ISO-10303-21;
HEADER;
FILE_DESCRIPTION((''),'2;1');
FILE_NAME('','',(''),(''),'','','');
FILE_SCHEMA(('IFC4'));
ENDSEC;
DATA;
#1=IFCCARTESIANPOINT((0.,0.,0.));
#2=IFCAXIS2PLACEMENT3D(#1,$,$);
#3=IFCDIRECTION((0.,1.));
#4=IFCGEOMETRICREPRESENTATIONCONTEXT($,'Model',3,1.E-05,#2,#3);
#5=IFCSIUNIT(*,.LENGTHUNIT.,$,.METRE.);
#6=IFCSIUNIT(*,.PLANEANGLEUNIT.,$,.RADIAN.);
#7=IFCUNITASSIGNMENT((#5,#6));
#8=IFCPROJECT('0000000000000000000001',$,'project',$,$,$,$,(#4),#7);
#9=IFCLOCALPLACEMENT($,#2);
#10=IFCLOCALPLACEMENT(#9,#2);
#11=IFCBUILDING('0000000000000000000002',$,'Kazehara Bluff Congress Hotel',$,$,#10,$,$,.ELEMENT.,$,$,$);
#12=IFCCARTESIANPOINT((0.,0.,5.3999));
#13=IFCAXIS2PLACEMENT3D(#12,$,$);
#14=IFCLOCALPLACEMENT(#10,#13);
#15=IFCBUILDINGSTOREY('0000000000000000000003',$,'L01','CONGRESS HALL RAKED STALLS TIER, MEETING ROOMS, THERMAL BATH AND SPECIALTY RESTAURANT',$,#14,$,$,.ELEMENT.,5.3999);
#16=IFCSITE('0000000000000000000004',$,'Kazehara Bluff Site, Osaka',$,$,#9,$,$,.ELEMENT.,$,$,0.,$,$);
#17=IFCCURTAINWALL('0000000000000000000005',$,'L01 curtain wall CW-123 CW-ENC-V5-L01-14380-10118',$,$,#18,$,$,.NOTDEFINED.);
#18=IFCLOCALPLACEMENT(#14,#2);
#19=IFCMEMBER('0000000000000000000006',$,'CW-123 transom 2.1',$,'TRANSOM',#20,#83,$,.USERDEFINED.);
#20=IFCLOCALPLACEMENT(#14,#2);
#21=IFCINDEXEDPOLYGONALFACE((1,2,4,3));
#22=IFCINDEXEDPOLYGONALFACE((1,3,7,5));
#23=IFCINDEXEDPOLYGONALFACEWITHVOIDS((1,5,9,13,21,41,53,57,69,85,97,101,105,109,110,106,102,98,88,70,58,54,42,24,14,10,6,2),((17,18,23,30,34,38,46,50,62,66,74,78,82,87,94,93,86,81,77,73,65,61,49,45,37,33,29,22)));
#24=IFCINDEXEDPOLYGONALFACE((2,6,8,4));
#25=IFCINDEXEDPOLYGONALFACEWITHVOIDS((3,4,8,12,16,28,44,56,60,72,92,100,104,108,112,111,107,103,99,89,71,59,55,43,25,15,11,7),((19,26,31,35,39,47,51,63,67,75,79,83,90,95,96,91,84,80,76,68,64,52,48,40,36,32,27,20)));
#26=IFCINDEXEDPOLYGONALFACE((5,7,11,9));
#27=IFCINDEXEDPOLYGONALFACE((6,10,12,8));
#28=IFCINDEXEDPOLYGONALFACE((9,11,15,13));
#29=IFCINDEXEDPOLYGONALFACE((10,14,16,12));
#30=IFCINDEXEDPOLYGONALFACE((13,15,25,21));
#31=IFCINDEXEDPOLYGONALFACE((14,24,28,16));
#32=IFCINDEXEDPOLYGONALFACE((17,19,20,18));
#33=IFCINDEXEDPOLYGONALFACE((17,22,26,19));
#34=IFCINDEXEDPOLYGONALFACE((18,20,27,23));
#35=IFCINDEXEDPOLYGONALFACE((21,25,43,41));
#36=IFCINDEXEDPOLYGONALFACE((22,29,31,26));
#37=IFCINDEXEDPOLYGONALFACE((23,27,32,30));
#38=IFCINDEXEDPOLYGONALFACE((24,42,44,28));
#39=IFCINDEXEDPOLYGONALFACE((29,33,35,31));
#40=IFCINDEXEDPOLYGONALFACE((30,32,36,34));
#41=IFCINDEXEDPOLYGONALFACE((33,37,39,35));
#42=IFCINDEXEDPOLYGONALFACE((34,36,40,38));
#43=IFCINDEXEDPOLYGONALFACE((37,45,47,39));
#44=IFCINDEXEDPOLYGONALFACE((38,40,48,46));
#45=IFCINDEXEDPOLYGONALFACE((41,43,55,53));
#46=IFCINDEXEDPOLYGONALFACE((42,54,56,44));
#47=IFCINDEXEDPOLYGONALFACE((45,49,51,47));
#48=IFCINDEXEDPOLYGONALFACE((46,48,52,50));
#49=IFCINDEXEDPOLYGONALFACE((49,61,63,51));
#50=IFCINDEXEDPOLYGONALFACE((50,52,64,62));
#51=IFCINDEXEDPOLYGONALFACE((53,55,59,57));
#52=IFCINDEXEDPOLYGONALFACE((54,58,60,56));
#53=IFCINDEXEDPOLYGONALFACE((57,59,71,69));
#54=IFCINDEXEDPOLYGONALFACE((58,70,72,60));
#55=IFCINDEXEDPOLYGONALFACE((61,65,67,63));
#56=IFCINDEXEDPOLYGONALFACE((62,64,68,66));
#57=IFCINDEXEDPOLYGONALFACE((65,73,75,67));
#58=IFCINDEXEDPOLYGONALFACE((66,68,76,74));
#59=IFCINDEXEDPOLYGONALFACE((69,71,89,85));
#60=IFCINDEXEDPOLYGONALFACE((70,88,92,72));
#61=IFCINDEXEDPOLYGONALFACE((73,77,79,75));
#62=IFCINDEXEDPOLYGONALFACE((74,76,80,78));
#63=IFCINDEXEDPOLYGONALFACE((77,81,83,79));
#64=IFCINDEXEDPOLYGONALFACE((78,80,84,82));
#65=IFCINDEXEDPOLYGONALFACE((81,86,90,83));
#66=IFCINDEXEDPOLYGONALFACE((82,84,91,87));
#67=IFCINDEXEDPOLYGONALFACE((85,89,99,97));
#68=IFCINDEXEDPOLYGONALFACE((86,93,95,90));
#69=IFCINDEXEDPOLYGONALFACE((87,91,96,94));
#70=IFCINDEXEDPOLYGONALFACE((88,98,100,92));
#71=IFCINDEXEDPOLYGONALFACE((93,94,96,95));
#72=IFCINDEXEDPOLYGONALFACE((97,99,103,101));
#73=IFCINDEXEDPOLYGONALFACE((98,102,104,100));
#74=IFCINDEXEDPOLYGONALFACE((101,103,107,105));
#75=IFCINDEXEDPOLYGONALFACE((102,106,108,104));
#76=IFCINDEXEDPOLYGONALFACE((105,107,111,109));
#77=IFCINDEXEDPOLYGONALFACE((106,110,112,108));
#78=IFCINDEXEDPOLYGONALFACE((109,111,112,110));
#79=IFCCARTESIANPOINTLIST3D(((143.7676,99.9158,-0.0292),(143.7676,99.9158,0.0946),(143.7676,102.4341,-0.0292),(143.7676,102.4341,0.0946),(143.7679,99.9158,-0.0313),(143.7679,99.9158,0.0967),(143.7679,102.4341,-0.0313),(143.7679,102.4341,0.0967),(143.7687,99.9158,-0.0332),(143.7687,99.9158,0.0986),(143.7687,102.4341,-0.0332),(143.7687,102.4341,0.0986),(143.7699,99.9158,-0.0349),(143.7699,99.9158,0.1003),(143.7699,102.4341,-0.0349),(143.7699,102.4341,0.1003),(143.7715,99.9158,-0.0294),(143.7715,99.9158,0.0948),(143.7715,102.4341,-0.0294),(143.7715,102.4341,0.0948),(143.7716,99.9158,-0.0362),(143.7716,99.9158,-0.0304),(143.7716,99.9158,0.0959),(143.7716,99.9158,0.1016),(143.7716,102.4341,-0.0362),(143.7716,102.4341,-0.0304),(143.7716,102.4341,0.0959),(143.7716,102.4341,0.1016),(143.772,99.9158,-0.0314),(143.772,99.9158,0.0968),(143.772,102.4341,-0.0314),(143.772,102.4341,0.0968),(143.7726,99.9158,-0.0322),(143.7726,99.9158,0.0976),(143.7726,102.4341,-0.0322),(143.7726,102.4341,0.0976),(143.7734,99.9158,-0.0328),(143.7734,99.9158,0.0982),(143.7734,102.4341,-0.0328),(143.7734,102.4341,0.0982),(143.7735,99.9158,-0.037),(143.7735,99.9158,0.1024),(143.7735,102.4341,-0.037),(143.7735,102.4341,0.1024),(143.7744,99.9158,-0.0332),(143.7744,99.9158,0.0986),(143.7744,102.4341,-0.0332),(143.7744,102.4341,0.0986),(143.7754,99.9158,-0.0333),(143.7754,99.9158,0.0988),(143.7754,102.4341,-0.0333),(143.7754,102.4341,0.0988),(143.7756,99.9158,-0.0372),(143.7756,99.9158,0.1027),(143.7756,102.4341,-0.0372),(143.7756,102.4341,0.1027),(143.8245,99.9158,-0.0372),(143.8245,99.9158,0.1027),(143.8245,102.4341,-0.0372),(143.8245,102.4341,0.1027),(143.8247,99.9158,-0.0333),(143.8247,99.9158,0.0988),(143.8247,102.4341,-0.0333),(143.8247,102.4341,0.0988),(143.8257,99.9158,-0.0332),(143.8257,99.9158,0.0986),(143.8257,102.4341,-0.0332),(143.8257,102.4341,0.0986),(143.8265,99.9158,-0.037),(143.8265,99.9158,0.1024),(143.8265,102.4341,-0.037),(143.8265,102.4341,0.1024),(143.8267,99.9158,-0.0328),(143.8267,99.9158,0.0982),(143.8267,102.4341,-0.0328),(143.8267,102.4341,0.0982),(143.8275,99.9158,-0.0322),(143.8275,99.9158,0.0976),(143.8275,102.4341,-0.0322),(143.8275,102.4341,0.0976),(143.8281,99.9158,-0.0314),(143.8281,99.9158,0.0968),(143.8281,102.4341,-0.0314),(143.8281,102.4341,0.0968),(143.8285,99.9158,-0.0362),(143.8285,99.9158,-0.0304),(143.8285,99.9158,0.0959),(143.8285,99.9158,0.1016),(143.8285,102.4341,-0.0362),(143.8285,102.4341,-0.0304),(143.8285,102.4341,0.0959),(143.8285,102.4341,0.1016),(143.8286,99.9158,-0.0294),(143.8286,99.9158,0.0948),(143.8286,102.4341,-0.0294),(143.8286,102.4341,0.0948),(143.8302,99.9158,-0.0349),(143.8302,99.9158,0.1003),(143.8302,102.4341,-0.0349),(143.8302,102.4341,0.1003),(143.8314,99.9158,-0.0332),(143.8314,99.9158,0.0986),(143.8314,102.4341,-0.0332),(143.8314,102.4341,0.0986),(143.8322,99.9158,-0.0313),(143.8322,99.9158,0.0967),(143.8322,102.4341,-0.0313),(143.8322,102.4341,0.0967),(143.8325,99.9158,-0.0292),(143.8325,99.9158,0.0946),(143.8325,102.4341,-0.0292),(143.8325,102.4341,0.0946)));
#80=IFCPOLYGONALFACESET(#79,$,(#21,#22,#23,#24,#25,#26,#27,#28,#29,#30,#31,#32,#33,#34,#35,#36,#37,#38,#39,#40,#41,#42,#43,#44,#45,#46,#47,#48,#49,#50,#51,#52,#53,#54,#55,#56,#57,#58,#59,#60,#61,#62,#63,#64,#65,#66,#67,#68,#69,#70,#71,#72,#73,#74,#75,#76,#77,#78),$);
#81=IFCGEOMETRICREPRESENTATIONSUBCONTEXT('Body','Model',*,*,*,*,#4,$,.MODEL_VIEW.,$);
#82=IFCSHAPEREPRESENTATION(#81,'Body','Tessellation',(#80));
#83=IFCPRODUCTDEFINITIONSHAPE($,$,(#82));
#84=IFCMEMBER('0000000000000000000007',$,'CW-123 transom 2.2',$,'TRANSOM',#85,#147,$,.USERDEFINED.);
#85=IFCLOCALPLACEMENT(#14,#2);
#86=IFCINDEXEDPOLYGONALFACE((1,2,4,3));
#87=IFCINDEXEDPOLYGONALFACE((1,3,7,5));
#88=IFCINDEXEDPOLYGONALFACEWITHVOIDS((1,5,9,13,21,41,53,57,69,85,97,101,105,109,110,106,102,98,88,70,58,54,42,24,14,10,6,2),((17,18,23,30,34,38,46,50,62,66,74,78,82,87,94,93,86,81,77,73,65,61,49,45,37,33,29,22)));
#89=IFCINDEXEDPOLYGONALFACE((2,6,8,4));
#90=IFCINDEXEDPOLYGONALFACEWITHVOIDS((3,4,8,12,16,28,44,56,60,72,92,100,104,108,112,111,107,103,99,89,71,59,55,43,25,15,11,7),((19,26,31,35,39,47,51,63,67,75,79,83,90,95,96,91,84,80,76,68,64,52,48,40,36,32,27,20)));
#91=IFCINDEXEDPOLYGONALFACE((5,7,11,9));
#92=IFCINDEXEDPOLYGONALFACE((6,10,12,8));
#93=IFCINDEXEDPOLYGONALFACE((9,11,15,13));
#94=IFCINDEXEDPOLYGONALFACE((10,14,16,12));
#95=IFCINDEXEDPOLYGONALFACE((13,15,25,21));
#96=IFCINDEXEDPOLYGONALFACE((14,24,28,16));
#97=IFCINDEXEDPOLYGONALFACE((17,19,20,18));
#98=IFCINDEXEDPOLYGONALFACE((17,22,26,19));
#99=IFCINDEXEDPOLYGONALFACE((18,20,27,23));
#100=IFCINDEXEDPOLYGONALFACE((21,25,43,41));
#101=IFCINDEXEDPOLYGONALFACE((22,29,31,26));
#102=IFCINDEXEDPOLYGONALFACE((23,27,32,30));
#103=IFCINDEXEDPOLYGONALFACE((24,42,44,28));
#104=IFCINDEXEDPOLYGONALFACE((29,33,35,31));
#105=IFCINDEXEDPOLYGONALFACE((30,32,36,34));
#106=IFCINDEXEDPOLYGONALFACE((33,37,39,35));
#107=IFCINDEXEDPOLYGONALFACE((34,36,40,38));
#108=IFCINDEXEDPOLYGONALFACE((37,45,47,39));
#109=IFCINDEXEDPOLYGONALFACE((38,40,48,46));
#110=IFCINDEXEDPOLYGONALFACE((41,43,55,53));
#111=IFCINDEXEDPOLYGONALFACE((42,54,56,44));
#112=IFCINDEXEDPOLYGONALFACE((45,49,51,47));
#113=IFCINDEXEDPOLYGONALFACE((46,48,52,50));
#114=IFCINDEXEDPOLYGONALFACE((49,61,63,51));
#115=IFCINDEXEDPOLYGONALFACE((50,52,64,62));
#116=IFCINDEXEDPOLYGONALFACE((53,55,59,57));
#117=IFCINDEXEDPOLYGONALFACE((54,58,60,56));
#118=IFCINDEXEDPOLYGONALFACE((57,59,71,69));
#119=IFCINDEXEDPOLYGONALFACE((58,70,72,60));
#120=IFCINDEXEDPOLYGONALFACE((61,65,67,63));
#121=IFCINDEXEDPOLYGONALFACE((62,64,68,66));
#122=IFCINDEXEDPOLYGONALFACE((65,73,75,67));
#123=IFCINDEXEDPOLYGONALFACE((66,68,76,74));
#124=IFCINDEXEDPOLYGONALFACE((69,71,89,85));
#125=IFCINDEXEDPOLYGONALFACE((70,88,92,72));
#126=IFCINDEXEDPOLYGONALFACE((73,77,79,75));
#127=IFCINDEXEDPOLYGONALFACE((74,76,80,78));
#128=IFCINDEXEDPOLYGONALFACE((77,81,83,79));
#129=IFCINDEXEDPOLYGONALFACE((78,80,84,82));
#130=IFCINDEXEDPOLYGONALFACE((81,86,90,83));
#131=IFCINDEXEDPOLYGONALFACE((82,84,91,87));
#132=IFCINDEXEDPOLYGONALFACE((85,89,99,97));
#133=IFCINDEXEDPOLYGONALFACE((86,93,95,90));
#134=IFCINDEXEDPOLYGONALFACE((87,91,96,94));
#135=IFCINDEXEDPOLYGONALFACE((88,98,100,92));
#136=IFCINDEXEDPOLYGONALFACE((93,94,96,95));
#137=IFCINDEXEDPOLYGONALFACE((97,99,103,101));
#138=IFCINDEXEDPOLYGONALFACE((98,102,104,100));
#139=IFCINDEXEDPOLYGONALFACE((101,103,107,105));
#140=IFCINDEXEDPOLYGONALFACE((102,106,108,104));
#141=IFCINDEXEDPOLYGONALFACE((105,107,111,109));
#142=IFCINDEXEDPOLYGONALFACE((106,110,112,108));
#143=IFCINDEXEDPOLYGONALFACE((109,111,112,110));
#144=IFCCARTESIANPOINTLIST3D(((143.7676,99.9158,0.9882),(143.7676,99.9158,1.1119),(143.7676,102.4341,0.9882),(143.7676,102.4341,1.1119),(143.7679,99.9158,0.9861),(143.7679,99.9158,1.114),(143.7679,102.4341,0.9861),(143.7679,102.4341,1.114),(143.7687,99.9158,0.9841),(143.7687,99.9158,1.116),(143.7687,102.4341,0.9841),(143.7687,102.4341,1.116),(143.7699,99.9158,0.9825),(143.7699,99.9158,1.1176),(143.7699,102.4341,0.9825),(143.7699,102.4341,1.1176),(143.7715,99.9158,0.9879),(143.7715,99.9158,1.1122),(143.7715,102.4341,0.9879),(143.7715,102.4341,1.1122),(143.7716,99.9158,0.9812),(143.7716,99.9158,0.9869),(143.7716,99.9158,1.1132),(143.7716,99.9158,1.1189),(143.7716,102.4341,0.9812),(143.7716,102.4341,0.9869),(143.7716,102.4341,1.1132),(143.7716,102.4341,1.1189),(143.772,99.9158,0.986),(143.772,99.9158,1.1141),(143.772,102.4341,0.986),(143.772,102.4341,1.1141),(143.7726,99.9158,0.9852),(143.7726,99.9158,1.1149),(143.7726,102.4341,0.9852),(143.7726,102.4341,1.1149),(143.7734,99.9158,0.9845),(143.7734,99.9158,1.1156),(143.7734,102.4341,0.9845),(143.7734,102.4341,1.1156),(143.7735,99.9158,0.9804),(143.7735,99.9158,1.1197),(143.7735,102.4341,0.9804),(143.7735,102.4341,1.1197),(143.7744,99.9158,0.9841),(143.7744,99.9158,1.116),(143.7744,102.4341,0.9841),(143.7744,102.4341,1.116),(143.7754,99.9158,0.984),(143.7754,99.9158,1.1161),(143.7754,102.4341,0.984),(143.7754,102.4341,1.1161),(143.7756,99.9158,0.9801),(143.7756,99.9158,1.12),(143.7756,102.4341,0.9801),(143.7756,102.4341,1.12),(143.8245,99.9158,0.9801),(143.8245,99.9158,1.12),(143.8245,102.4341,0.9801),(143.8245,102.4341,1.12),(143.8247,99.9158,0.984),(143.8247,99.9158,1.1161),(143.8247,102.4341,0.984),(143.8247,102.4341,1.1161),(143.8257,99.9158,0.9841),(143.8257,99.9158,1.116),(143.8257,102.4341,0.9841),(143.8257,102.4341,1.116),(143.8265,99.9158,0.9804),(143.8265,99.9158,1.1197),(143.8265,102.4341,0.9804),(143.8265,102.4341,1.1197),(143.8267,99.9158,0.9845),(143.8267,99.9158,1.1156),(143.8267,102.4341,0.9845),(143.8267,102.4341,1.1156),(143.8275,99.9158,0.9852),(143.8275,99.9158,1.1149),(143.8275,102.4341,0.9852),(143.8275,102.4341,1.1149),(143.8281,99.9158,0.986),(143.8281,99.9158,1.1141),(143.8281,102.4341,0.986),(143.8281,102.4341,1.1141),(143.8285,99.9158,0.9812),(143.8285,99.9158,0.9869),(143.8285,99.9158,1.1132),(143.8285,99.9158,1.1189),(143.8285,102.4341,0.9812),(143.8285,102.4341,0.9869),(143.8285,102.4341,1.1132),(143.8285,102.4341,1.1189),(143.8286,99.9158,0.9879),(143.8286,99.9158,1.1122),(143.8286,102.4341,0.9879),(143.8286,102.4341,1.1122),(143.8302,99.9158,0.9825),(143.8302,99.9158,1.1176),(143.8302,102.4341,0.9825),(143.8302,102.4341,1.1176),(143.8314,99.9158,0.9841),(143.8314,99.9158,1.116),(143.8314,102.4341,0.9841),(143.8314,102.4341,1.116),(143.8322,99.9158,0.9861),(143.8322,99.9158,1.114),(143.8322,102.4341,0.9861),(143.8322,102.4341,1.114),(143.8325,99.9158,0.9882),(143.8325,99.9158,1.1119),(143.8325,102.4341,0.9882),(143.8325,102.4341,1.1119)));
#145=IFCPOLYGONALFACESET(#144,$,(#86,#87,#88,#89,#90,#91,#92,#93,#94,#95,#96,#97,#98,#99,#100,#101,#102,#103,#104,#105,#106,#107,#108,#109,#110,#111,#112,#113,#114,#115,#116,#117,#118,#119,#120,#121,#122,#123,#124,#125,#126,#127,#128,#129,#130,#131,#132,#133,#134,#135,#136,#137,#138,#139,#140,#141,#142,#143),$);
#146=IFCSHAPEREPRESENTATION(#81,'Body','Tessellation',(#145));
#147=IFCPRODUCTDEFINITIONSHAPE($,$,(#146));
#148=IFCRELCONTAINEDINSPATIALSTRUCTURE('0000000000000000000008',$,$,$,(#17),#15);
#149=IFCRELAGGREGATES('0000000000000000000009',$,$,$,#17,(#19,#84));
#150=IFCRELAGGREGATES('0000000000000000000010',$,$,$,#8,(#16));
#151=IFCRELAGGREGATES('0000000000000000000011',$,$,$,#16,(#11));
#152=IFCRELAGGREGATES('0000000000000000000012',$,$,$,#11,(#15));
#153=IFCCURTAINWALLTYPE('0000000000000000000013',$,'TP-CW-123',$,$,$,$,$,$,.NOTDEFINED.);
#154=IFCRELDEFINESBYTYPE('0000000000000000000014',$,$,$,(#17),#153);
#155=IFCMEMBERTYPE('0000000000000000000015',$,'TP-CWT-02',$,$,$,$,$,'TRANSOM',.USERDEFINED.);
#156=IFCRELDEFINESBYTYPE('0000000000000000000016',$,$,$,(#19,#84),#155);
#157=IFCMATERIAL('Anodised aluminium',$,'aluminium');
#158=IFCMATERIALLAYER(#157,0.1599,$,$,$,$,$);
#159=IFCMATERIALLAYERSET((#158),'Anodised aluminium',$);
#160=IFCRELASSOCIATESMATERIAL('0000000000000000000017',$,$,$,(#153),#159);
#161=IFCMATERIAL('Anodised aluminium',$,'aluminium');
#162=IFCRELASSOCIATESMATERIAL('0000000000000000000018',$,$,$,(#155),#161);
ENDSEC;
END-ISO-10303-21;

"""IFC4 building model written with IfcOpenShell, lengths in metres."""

from ifc_helpers import new_model, si_unit, direction, frame, origin, origin_2d, place, context, subcontext, project, spatial, hollow_rectangle, extrude, material, layer, layer_set, material_profile, profile_set, type_object, element, aggregate, save


model = new_model("IFC4")

# Units and contexts
model_context = context("Model", 3, precision=1e-05, world=origin(), true_north=direction((0.0, 1.0)))
body_context = subcontext(model_context, "Body", "Model", "MODEL_VIEW")
ifc_project = project(units=[si_unit("LENGTHUNIT", "METRE"), si_unit("PLANEANGLEUNIT", "RADIAN")], contexts=[model_context])

# Site, building, storey
site_placement = place(None, origin())
site = spatial("IfcSite", under=ifc_project, at=site_placement, Name="Kazehara Bluff Site, Osaka", CompositionType="ELEMENT", RefElevation=0.0)
building_placement = place(site_placement, origin())
building = spatial("IfcBuilding", under=site, at=building_placement, Name="Kazehara Bluff Congress Hotel", CompositionType="ELEMENT")
storey_placement = place(building_placement, frame((0.0, 0.0, 5.3999)))
storey = spatial("IfcBuildingStorey", under=building, at=storey_placement, Name="L01", Description="CONGRESS HALL RAKED STALLS TIER, MEETING ROOMS, THERMAL BATH AND SPECIALTY RESTAURANT", CompositionType="ELEMENT", Elevation=5.3999)

# Curtain wall
ifc_material_1 = material(Name="Anodised aluminium", Category="aluminium")
ifc_layer_1 = layer(ifc_material_1, 0.1599)
ifc_layer_set_1 = layer_set([ifc_layer_1], Name="Anodised aluminium")
curtain_wall_type_1 = type_object("IfcCurtainWallType", Name="TP-CW-123", PredefinedType="NOTDEFINED", material=ifc_layer_set_1)
curtain_wall_1_placement = place(storey_placement, origin())
curtain_wall_1 = element("IfcCurtainWall", 1, at=curtain_wall_1_placement, inside=storey, type_object=curtain_wall_type_1, Name="L01 curtain wall CW-123 CW-ENC-V5-L01-14380-10118", PredefinedType="NOTDEFINED")

# Members
ifc_material_2 = material(Name="Anodised aluminium", Category="aluminium")
ifc_material_profile_1 = material_profile(ifc_material_2, hollow_rectangle(XDim=0.0649, YDim=0.1399, WallThickness=0.0039, InnerFilletRadius=0.0039, OuterFilletRadius=0.0081, at=origin_2d()))
ifc_profile_set_1 = profile_set([ifc_material_profile_1], Name="Anodised aluminium")
member_type_1 = type_object("IfcMemberType", Name="TP-CWT-02", ElementType="TRANSOM", PredefinedType="USERDEFINED", material=ifc_profile_set_1)
member_1_placement = place(storey_placement, frame((143.8, 99.9158, 0.0327), z_axis=(0.0, 1.0, 0.0), x_axis=(-1.0, 0.0, 0.0)))
member_1 = element("IfcMember", 2, at=member_1_placement, type_object=member_type_1, Name="CW-123 transom 2.1", ObjectType="TRANSOM", PredefinedType="USERDEFINED", context=body_context, shape_type="SweptSolid", body=[
    extrude(hollow_rectangle(XDim=0.0649, YDim=0.1399, WallThickness=0.0039, InnerFilletRadius=0.0039, OuterFilletRadius=0.0081, at=origin_2d()), origin(), (0.0, 0.0, 1.0), 2.5183),
])
member_2_placement = place(storey_placement, frame((143.8, 99.9158, 1.05), z_axis=(0.0, 1.0, 0.0), x_axis=(-1.0, 0.0, 0.0)))
member_2 = element("IfcMember", 3, at=member_2_placement, type_object=member_type_1, Name="CW-123 transom 2.2", ObjectType="TRANSOM", PredefinedType="USERDEFINED", context=body_context, shape_type="SweptSolid", body=[
    extrude(hollow_rectangle(XDim=0.0649, YDim=0.1399, WallThickness=0.0039, InnerFilletRadius=0.0039, OuterFilletRadius=0.0081, at=origin_2d()), origin(), (0.0, 0.0, 1.0), 2.5183),
])

aggregate(curtain_wall_1, [member_1, member_2])

save(model, "model.ifc")
